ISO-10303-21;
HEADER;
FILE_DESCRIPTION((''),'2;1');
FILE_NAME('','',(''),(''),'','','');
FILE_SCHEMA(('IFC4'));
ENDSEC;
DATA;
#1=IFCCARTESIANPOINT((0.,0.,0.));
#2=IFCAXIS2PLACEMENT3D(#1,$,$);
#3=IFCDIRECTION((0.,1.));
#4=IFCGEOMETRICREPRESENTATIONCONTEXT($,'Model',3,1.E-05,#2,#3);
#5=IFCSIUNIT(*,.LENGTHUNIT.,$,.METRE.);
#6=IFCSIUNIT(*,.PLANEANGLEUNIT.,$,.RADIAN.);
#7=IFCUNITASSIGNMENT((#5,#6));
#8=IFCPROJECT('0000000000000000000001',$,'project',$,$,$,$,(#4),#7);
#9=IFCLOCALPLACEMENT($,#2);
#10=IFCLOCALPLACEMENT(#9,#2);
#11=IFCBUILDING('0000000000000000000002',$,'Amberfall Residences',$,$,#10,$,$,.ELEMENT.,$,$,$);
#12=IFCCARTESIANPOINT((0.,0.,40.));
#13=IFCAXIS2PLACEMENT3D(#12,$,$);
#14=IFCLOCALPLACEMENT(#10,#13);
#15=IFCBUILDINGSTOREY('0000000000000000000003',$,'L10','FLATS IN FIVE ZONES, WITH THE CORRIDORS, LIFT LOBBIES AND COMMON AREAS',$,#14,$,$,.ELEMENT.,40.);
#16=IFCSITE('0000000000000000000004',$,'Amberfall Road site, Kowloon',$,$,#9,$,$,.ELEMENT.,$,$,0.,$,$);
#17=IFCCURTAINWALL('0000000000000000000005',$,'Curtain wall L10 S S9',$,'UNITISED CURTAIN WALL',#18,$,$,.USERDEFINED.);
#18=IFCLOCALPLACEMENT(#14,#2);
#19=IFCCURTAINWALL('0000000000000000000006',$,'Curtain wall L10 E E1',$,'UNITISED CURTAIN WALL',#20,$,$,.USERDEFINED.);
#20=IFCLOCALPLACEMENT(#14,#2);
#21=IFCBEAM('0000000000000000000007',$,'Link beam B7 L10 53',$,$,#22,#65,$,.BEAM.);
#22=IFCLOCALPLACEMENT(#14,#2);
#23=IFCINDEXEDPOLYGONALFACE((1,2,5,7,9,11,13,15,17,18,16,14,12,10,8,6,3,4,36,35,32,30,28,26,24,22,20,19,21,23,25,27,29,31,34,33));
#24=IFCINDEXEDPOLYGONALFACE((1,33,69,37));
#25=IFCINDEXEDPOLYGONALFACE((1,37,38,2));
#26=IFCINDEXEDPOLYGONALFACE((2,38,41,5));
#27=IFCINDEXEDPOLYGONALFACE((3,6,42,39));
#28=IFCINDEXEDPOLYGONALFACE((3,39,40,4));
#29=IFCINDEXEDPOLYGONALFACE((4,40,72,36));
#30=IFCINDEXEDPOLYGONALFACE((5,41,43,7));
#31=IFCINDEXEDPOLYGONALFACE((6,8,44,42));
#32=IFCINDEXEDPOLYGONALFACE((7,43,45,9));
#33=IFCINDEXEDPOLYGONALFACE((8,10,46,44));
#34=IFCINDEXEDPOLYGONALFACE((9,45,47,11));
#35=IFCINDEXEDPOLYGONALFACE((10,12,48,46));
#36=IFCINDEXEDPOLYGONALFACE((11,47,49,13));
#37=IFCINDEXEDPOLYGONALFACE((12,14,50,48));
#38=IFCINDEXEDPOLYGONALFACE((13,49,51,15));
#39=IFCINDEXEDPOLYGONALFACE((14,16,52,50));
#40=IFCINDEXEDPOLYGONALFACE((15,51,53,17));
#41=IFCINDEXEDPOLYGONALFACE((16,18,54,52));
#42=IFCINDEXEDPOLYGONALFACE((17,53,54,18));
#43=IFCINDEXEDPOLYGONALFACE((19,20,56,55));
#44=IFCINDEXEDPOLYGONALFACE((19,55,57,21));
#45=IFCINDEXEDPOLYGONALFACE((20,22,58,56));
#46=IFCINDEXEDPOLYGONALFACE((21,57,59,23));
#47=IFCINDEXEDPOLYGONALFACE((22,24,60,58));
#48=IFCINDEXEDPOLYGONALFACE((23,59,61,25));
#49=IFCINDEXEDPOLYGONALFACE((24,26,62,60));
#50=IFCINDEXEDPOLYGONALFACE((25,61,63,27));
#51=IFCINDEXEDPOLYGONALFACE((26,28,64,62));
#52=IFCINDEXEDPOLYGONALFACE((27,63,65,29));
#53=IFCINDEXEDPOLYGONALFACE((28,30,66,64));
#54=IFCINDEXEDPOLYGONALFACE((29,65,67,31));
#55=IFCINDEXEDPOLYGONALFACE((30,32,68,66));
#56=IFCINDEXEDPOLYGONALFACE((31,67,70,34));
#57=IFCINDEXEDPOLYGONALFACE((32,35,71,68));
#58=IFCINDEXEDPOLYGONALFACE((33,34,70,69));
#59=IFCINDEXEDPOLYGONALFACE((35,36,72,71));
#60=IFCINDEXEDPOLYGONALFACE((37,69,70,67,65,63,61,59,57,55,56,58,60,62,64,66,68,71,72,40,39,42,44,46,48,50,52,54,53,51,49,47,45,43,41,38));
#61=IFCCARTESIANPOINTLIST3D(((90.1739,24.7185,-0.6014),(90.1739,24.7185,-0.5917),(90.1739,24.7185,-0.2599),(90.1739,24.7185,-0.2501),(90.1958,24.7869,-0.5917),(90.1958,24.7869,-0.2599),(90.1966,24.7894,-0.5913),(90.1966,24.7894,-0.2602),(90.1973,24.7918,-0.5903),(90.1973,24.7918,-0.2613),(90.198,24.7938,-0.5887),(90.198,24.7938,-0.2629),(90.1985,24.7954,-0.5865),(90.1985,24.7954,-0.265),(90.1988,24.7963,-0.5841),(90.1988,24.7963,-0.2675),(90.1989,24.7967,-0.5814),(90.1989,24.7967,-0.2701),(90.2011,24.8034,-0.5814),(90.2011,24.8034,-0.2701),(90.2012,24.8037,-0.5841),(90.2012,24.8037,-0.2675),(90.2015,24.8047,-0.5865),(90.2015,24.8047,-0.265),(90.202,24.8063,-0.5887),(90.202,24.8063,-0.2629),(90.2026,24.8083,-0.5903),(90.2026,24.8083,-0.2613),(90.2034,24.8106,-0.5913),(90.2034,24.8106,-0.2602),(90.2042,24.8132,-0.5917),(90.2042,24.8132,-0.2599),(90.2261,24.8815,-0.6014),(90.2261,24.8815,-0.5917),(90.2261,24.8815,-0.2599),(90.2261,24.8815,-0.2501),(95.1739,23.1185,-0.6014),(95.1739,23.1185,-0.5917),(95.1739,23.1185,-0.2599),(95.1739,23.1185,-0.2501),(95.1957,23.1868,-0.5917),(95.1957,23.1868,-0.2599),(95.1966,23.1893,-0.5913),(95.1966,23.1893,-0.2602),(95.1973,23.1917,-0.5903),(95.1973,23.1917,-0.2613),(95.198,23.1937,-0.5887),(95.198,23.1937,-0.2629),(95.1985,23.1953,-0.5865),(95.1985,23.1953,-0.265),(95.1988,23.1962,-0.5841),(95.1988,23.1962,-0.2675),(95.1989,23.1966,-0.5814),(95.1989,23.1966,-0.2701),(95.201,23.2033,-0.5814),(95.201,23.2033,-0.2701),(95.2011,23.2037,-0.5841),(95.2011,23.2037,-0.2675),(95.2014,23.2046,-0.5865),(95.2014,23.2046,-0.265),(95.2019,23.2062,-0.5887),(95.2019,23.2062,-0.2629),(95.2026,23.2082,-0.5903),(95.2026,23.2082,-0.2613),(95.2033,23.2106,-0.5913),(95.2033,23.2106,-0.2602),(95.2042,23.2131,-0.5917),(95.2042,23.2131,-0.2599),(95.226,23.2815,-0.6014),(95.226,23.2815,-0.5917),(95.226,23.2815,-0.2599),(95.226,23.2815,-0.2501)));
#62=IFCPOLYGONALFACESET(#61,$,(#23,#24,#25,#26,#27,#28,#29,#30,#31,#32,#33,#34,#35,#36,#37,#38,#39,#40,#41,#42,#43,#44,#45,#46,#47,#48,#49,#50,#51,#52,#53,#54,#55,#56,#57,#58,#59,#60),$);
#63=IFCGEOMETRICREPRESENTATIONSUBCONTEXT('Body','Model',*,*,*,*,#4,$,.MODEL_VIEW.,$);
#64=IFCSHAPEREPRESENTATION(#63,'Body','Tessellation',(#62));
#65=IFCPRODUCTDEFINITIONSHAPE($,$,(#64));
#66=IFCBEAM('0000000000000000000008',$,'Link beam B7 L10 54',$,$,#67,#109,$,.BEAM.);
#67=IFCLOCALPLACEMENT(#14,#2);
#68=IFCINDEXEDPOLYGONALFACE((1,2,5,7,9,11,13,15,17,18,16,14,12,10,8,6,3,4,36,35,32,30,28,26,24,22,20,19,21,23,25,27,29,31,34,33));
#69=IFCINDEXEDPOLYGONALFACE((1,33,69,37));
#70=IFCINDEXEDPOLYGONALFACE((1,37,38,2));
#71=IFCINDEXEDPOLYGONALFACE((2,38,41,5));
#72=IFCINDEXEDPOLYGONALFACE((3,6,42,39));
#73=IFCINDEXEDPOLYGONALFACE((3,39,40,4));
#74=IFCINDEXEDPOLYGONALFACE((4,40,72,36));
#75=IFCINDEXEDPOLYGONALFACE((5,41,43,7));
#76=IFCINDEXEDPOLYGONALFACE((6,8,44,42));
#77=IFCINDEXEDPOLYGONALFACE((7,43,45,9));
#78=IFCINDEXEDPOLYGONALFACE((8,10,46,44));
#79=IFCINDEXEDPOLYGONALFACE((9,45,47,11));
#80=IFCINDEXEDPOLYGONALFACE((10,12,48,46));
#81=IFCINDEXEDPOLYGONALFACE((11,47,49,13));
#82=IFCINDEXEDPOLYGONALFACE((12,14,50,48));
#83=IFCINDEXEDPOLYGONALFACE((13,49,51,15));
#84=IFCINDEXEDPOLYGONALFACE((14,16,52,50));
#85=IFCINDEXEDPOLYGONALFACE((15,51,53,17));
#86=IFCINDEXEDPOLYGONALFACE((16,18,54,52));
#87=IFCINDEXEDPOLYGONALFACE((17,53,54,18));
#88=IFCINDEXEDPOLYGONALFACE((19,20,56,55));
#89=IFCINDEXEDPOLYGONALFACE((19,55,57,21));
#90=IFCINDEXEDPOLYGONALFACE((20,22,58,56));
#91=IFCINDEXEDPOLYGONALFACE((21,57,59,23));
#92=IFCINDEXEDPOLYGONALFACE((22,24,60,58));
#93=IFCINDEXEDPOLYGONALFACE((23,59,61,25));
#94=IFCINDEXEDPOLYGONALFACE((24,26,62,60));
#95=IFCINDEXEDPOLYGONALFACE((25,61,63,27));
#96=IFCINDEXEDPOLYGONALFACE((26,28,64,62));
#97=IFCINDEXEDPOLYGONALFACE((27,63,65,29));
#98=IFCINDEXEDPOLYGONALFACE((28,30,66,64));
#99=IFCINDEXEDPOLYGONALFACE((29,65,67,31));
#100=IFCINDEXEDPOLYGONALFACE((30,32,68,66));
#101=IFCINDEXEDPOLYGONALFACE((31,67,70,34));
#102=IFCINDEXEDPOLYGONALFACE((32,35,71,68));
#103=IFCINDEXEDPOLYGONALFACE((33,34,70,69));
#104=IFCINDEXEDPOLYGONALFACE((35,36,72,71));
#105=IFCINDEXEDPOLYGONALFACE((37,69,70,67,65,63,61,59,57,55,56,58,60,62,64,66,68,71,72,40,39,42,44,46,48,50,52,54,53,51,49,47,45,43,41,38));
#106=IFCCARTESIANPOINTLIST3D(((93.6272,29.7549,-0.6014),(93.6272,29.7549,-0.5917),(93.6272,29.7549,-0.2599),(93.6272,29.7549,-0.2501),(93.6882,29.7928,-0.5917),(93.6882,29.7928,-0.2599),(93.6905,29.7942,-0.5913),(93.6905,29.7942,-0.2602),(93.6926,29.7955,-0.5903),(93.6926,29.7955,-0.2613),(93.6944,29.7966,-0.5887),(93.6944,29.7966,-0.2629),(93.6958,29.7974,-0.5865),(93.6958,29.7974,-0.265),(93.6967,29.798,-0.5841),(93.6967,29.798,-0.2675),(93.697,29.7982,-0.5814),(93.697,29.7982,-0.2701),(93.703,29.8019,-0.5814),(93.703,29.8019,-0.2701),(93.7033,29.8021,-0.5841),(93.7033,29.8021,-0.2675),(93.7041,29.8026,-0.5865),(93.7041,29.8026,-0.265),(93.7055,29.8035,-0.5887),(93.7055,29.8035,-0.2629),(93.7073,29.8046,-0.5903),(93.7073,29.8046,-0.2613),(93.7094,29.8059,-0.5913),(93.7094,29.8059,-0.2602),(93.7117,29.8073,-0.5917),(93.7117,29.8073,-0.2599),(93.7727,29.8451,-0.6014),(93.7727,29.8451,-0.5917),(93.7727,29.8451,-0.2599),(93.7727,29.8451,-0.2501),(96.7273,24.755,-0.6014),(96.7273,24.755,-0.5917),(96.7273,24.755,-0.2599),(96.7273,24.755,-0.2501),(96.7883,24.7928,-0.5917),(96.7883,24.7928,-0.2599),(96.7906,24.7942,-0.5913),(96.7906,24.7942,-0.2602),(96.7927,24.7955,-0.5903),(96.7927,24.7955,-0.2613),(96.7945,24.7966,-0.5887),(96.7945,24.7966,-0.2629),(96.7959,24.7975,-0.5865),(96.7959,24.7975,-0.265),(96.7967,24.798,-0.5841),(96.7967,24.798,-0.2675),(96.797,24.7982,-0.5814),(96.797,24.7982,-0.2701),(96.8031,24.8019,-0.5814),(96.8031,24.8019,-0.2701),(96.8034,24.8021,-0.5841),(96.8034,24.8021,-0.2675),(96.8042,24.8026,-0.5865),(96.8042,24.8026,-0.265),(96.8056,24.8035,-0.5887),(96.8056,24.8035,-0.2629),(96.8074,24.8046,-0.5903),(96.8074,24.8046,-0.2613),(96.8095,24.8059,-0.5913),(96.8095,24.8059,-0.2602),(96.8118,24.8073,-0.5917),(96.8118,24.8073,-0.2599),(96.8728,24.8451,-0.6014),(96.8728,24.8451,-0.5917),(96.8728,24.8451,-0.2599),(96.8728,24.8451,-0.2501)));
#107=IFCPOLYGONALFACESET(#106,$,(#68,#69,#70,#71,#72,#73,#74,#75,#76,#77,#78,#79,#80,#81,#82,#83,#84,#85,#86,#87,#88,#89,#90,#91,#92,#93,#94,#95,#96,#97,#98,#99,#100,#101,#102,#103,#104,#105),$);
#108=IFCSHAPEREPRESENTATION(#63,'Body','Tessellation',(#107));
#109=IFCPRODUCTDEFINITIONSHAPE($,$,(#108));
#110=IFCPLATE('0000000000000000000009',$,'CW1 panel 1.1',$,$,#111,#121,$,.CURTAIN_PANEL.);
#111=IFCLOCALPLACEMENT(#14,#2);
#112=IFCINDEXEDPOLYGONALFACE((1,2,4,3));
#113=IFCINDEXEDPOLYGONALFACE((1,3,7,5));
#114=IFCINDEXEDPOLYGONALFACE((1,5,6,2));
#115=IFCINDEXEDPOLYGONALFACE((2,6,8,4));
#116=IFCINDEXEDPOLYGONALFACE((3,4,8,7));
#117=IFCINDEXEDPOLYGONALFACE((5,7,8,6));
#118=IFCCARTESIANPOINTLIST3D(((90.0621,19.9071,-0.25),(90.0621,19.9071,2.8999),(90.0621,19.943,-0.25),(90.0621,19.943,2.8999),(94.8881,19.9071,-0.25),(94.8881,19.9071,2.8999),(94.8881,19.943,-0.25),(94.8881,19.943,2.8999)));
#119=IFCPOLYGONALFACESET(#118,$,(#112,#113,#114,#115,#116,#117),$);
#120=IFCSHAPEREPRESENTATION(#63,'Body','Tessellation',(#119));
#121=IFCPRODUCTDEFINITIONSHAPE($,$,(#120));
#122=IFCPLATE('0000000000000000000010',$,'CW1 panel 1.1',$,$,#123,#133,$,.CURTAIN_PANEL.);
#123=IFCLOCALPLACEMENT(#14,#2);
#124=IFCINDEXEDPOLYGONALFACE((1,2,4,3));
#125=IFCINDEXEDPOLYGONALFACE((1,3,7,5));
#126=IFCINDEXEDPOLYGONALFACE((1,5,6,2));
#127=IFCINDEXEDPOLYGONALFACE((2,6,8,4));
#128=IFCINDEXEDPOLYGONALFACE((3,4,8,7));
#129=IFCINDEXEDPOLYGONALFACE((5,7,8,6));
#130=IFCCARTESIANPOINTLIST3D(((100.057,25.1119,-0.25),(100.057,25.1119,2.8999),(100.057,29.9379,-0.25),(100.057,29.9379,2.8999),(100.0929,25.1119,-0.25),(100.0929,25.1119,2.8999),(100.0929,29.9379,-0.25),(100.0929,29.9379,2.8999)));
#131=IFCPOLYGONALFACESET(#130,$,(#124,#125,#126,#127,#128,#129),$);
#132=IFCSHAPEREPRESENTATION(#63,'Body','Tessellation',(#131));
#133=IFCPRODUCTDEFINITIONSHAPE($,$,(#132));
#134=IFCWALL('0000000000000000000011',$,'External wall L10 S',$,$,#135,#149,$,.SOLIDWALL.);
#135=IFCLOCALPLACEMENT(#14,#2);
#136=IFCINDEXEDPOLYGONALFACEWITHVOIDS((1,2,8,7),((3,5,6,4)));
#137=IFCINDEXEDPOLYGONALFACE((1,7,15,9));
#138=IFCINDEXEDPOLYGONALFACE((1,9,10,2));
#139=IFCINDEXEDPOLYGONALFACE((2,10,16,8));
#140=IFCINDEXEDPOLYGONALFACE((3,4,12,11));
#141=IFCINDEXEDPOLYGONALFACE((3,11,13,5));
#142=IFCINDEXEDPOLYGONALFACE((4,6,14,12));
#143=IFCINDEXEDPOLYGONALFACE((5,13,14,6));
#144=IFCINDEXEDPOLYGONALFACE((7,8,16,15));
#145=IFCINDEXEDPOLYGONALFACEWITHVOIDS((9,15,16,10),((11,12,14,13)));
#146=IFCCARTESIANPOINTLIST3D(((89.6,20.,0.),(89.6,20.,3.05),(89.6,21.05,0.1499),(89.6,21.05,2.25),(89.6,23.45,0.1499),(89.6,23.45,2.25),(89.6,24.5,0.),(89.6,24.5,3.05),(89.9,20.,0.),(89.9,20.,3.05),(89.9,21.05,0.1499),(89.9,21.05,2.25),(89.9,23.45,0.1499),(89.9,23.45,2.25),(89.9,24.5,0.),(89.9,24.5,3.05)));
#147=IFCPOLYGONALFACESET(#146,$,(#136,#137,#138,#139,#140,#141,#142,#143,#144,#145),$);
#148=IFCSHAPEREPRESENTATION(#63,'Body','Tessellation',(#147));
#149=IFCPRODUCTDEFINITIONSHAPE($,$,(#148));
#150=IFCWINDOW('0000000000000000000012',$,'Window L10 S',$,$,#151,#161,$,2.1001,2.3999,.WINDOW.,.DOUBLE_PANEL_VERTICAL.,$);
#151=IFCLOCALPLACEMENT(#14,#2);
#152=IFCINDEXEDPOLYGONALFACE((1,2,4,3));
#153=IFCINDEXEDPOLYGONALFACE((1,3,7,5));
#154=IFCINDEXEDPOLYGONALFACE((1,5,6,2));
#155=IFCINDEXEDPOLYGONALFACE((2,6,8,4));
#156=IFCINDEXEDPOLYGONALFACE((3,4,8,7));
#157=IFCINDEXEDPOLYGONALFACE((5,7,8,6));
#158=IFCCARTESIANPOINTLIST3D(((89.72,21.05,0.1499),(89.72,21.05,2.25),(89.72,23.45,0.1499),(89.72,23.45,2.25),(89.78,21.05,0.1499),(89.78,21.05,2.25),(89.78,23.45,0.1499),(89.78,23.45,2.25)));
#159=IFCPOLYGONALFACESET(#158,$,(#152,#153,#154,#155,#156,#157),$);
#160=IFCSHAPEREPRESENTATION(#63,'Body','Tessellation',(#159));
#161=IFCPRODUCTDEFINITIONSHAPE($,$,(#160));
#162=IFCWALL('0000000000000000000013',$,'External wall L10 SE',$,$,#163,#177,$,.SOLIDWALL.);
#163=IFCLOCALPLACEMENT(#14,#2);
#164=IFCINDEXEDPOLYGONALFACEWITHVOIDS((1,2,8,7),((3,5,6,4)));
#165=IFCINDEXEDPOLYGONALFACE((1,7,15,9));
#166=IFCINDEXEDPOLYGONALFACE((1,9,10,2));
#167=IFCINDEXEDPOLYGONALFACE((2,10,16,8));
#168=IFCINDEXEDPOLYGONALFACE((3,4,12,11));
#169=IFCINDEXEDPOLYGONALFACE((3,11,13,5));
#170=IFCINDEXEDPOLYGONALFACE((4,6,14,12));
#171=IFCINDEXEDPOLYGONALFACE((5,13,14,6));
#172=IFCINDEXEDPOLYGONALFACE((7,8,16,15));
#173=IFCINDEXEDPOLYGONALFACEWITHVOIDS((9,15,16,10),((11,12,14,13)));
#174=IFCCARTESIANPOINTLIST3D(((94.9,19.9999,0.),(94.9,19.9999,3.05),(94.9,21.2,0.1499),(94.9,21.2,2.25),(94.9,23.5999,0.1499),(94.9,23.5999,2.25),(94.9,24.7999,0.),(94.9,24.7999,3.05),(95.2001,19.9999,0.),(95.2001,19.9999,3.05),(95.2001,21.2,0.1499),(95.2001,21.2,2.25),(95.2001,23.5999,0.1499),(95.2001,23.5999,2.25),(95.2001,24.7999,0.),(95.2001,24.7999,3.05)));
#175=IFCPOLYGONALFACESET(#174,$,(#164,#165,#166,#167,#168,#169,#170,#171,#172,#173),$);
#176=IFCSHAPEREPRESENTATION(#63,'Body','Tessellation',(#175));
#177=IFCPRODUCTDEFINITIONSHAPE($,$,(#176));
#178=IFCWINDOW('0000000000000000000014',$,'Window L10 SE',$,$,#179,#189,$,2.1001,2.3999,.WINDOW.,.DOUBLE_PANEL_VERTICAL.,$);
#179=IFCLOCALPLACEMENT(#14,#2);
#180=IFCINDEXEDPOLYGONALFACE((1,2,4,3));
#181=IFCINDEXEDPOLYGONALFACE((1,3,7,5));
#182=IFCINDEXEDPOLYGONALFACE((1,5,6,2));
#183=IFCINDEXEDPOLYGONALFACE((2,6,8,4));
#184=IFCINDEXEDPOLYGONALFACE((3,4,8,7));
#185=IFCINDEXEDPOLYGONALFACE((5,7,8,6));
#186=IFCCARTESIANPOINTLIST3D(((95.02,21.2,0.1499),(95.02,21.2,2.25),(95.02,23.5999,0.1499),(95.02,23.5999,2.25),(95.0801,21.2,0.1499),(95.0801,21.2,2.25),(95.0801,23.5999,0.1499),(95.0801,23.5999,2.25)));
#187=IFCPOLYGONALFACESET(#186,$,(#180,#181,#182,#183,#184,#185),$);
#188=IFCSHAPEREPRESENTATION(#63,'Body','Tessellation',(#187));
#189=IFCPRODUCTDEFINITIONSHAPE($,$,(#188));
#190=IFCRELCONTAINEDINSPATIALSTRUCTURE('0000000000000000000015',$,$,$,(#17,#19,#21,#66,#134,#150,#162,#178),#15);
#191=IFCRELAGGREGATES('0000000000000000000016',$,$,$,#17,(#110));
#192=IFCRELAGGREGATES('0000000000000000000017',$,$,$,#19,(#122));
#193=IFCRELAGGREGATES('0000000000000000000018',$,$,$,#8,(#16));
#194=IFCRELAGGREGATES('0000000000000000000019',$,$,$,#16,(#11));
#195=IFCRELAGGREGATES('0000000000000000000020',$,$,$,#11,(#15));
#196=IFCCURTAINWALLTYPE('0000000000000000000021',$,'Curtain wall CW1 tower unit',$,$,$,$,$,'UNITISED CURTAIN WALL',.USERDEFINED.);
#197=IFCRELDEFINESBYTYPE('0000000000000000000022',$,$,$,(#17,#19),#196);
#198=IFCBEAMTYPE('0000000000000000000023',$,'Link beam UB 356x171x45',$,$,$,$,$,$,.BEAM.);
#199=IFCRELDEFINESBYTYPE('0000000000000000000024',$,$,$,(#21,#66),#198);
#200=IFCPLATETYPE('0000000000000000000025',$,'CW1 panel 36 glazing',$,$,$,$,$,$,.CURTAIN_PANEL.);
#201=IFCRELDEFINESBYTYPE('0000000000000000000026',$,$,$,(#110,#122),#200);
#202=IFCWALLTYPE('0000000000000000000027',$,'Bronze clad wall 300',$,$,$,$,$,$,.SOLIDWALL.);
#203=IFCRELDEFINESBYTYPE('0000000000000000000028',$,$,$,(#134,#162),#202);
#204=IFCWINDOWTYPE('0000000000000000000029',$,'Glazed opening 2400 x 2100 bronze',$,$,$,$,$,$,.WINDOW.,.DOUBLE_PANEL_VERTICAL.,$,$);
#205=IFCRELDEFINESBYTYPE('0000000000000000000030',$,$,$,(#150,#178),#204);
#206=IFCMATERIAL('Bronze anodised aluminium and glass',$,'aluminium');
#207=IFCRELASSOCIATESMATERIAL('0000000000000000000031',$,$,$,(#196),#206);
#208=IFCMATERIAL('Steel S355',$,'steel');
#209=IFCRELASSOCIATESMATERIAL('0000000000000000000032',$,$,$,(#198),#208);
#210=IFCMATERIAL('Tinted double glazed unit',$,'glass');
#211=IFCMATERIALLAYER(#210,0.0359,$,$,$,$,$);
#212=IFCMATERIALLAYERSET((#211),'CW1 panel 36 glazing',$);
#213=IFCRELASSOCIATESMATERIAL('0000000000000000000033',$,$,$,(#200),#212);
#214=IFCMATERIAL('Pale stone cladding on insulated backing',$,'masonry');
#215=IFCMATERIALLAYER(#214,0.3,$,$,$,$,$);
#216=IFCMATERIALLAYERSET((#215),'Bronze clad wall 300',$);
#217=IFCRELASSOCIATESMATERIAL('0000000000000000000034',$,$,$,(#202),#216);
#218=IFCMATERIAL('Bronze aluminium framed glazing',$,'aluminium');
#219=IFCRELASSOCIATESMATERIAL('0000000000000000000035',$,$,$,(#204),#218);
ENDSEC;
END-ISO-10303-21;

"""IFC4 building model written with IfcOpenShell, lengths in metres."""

from ifc_helpers import new_model, si_unit, direction, frame, frame_2d, origin, origin_2d, place, context, subcontext, project, spatial, rectangle, i_section, extrude, material, layer, layer_set, material_profile, profile_set, type_object, element, fill, aggregate, save


model = new_model("IFC4")

# Units and contexts
model_context = context("Model", 3, precision=1e-05, world=origin(), true_north=direction((0.0, 1.0)))
body_context = subcontext(model_context, "Body", "Model", "MODEL_VIEW")
ifc_project = project(units=[si_unit("LENGTHUNIT", "METRE"), si_unit("PLANEANGLEUNIT", "RADIAN")], contexts=[model_context])

# Site, building, storey
site_placement = place(None, origin())
site = spatial("IfcSite", under=ifc_project, at=site_placement, Name="Amberfall Road site, Kowloon", CompositionType="ELEMENT", RefElevation=0.0)
building_placement = place(site_placement, origin())
building = spatial("IfcBuilding", under=site, at=building_placement, Name="Amberfall Residences", CompositionType="ELEMENT")
storey_placement = place(building_placement, frame((0.0, 0.0, 40.0)))
storey = spatial("IfcBuildingStorey", under=building, at=storey_placement, Name="L10", Description="FLATS IN FIVE ZONES, WITH THE CORRIDORS, LIFT LOBBIES AND COMMON AREAS", CompositionType="ELEMENT", Elevation=40.0)

# Curtain walls
ifc_material_1 = material(Name="Bronze anodised aluminium and glass", Category="aluminium")
curtain_wall_type = type_object("IfcCurtainWallType", Name="Curtain wall CW1 tower unit", ElementType="UNITISED CURTAIN WALL", PredefinedType="USERDEFINED", material=ifc_material_1)
curtain_wall_1_placement = place(storey_placement, origin())
curtain_wall_1 = element("IfcCurtainWall", 1, at=curtain_wall_1_placement, inside=storey, type_object=curtain_wall_type, Name="Curtain wall L10 S S9", ObjectType="UNITISED CURTAIN WALL", PredefinedType="USERDEFINED")
curtain_wall_2_placement = place(storey_placement, origin())
curtain_wall_2 = element("IfcCurtainWall", 2, at=curtain_wall_2_placement, inside=storey, type_object=curtain_wall_type, Name="Curtain wall L10 E E1", ObjectType="UNITISED CURTAIN WALL", PredefinedType="USERDEFINED")

# Beams
ifc_material_2 = material(Name="Steel S355", Category="steel")
ifc_material_profile_1 = material_profile(ifc_material_2, i_section(OverallWidth=0.1711, OverallDepth=0.3513, WebThickness=0.0071, FlangeThickness=0.0098, FilletRadius=0.0103, at=origin_2d()), Name="UB 356x171x45")
ifc_profile_set_1 = profile_set([ifc_material_profile_1], Name="Steel S355")
beam_type_1 = type_object("IfcBeamType", Name="Link beam UB 356x171x45", PredefinedType="BEAM", material=ifc_profile_set_1)
beam_1_placement = place(storey_placement, frame((95.2, 23.2, -0.4258), z_axis=(-0.952419, 0.304793, 0.0), x_axis=(-0.304793, -0.952419, 0.0)))
element("IfcBeam", 3, at=beam_1_placement, inside=storey, type_object=beam_type_1, Name="Link beam B7 L10 53", PredefinedType="BEAM", context=body_context, shape_type="SweptSolid", body=[
    extrude(i_section(OverallWidth=0.1711, OverallDepth=0.3513, WebThickness=0.0071, FlangeThickness=0.0098, FilletRadius=0.0103, at=origin_2d()), origin(), (0.0, 0.0, 1.0), 5.2498),
])
beam_2_placement = place(storey_placement, frame((96.8, 24.8, -0.4258), z_axis=(-0.526952, 0.849895, 0.0), x_axis=(-0.849895, -0.526952, 0.0)))
element("IfcBeam", 4, at=beam_2_placement, inside=storey, type_object=beam_type_1, Name="Link beam B7 L10 54", PredefinedType="BEAM", context=body_context, shape_type="SweptSolid", body=[
    extrude(i_section(OverallWidth=0.1711, OverallDepth=0.3513, WebThickness=0.0071, FlangeThickness=0.0098, FilletRadius=0.0103, at=origin_2d()), origin(), (0.0, 0.0, 1.0), 5.8831),
])

# Plates
ifc_material_3 = material(Name="Tinted double glazed unit", Category="glass")
ifc_layer_1 = layer(ifc_material_3, 0.0359)
ifc_layer_set_1 = layer_set([ifc_layer_1], Name="CW1 panel 36 glazing")
plate_type = type_object("IfcPlateType", Name="CW1 panel 36 glazing", PredefinedType="CURTAIN_PANEL", material=ifc_layer_set_1)
plate_1_placement = place(storey_placement, frame((92.4751, 19.925, -0.25), z_axis=(0.0, 0.0, 1.0), x_axis=(1.0, 0.0, 0.0)))
plate_1 = element("IfcPlate", 5, at=plate_1_placement, type_object=plate_type, Name="CW1 panel 1.1", PredefinedType="CURTAIN_PANEL", context=body_context, shape_type="SweptSolid", body=[
    extrude(rectangle(XDim=4.8259, YDim=0.0359, at=origin_2d()), origin(), (0.0, 0.0, 1.0), 3.1499),
])
aggregate(curtain_wall_1, [plate_1])
plate_2_placement = place(storey_placement, frame((100.075, 27.5249, -0.25), z_axis=(0.0, 0.0, 1.0), x_axis=(0.0, 1.0, 0.0)))
plate_2 = element("IfcPlate", 6, at=plate_2_placement, type_object=plate_type, Name="CW1 panel 1.1", PredefinedType="CURTAIN_PANEL", context=body_context, shape_type="SweptSolid", body=[
    extrude(rectangle(XDim=4.8259, YDim=0.0359, at=origin_2d()), origin(), (0.0, 0.0, 1.0), 3.1499),
])
aggregate(curtain_wall_2, [plate_2])

# Walls, openings, windows
ifc_material_4 = material(Name="Pale stone cladding on insulated backing", Category="masonry")
ifc_layer_2 = layer(ifc_material_4, 0.3)
ifc_layer_set_2 = layer_set([ifc_layer_2], Name="Bronze clad wall 300")
wall_type_1 = type_object("IfcWallType", Name="Bronze clad wall 300", PredefinedType="SOLIDWALL", material=ifc_layer_set_2)
wall_1_placement = place(storey_placement, frame((89.75, 24.5, 0.0), z_axis=(0.0, 0.0, 1.0), x_axis=(0.0, -1.0, 0.0)))
wall_1 = element("IfcWall", 7, at=wall_1_placement, inside=storey, type_object=wall_type_1, Name="External wall L10 S", PredefinedType="SOLIDWALL", context=body_context, shape_type="SweptSolid", body=[
    extrude(rectangle(XDim=4.5, YDim=0.3, at=frame_2d((2.25, 0.0))), origin(), (0.0, 0.0, 1.0), 3.05),
])
opening_1_placement = place(wall_1_placement, frame((1.05, 0.0, 0.1499)))
opening_1 = element("IfcOpeningElement", 8, at=opening_1_placement, cuts=wall_1, PredefinedType="OPENING", context=body_context, shape_type="SweptSolid", body=[
    extrude(rectangle(XDim=2.3999, YDim=2.1001, at=frame_2d((1.2, 1.05))), frame((0.0, 0.1599, 0.0), z_axis=(0.0, -1.0, 0.0), x_axis=(1.0, 0.0, 0.0)), (0.0, 0.0, 1.0), 0.3201),
])
ifc_material_5 = material(Name="Bronze aluminium framed glazing", Category="aluminium")
window_type_1 = type_object("IfcWindowType", Name="Glazed opening 2400 x 2100 bronze", PartitioningType="DOUBLE_PANEL_VERTICAL", PredefinedType="WINDOW", material=ifc_material_5)
window_1_placement = place(opening_1_placement, origin())
window_1 = element("IfcWindow", 9, at=window_1_placement, inside=storey, type_object=window_type_1, Name="Window L10 S", OverallHeight=2.1001, OverallWidth=2.3999, PartitioningType="DOUBLE_PANEL_VERTICAL", PredefinedType="WINDOW", context=body_context, shape_type="SweptSolid", body=[
    extrude(rectangle(XDim=2.3999, YDim=2.1001, at=frame_2d((1.2, 1.05))), frame((0.0, 0.03, 0.0), z_axis=(0.0, -1.0, 0.0), x_axis=(1.0, 0.0, 0.0)), (0.0, 0.0, 1.0), 0.0601),
])
fill(opening_1, window_1)
wall_2_placement = place(storey_placement, frame((95.05, 20.0, 0.0), z_axis=(0.0, 0.0, 1.0), x_axis=(0.0, 1.0, 0.0)))
wall_2 = element("IfcWall", 10, at=wall_2_placement, inside=storey, type_object=wall_type_1, Name="External wall L10 SE", PredefinedType="SOLIDWALL", context=body_context, shape_type="SweptSolid", body=[
    extrude(rectangle(XDim=4.8, YDim=0.3, at=frame_2d((2.3999, 0.0))), origin(), (0.0, 0.0, 1.0), 3.05),
])
opening_2_placement = place(wall_2_placement, frame((1.2, 0.0, 0.1499)))
opening_2 = element("IfcOpeningElement", 11, at=opening_2_placement, cuts=wall_2, PredefinedType="OPENING", context=body_context, shape_type="SweptSolid", body=[
    extrude(rectangle(XDim=2.3999, YDim=2.1001, at=frame_2d((1.2, 1.05))), frame((0.0, 0.1599, 0.0), z_axis=(0.0, -1.0, 0.0), x_axis=(1.0, 0.0, 0.0)), (0.0, 0.0, 1.0), 0.3201),
])
window_2_placement = place(opening_2_placement, origin())
window_2 = element("IfcWindow", 12, at=window_2_placement, inside=storey, type_object=window_type_1, Name="Window L10 SE", OverallHeight=2.1001, OverallWidth=2.3999, PartitioningType="DOUBLE_PANEL_VERTICAL", PredefinedType="WINDOW", context=body_context, shape_type="SweptSolid", body=[
    extrude(rectangle(XDim=2.3999, YDim=2.1001, at=frame_2d((1.2, 1.05))), frame((0.0, 0.03, 0.0), z_axis=(0.0, -1.0, 0.0), x_axis=(1.0, 0.0, 0.0)), (0.0, 0.0, 1.0), 0.0601),
])
fill(opening_2, window_2)

save(model, "model.ifc")
